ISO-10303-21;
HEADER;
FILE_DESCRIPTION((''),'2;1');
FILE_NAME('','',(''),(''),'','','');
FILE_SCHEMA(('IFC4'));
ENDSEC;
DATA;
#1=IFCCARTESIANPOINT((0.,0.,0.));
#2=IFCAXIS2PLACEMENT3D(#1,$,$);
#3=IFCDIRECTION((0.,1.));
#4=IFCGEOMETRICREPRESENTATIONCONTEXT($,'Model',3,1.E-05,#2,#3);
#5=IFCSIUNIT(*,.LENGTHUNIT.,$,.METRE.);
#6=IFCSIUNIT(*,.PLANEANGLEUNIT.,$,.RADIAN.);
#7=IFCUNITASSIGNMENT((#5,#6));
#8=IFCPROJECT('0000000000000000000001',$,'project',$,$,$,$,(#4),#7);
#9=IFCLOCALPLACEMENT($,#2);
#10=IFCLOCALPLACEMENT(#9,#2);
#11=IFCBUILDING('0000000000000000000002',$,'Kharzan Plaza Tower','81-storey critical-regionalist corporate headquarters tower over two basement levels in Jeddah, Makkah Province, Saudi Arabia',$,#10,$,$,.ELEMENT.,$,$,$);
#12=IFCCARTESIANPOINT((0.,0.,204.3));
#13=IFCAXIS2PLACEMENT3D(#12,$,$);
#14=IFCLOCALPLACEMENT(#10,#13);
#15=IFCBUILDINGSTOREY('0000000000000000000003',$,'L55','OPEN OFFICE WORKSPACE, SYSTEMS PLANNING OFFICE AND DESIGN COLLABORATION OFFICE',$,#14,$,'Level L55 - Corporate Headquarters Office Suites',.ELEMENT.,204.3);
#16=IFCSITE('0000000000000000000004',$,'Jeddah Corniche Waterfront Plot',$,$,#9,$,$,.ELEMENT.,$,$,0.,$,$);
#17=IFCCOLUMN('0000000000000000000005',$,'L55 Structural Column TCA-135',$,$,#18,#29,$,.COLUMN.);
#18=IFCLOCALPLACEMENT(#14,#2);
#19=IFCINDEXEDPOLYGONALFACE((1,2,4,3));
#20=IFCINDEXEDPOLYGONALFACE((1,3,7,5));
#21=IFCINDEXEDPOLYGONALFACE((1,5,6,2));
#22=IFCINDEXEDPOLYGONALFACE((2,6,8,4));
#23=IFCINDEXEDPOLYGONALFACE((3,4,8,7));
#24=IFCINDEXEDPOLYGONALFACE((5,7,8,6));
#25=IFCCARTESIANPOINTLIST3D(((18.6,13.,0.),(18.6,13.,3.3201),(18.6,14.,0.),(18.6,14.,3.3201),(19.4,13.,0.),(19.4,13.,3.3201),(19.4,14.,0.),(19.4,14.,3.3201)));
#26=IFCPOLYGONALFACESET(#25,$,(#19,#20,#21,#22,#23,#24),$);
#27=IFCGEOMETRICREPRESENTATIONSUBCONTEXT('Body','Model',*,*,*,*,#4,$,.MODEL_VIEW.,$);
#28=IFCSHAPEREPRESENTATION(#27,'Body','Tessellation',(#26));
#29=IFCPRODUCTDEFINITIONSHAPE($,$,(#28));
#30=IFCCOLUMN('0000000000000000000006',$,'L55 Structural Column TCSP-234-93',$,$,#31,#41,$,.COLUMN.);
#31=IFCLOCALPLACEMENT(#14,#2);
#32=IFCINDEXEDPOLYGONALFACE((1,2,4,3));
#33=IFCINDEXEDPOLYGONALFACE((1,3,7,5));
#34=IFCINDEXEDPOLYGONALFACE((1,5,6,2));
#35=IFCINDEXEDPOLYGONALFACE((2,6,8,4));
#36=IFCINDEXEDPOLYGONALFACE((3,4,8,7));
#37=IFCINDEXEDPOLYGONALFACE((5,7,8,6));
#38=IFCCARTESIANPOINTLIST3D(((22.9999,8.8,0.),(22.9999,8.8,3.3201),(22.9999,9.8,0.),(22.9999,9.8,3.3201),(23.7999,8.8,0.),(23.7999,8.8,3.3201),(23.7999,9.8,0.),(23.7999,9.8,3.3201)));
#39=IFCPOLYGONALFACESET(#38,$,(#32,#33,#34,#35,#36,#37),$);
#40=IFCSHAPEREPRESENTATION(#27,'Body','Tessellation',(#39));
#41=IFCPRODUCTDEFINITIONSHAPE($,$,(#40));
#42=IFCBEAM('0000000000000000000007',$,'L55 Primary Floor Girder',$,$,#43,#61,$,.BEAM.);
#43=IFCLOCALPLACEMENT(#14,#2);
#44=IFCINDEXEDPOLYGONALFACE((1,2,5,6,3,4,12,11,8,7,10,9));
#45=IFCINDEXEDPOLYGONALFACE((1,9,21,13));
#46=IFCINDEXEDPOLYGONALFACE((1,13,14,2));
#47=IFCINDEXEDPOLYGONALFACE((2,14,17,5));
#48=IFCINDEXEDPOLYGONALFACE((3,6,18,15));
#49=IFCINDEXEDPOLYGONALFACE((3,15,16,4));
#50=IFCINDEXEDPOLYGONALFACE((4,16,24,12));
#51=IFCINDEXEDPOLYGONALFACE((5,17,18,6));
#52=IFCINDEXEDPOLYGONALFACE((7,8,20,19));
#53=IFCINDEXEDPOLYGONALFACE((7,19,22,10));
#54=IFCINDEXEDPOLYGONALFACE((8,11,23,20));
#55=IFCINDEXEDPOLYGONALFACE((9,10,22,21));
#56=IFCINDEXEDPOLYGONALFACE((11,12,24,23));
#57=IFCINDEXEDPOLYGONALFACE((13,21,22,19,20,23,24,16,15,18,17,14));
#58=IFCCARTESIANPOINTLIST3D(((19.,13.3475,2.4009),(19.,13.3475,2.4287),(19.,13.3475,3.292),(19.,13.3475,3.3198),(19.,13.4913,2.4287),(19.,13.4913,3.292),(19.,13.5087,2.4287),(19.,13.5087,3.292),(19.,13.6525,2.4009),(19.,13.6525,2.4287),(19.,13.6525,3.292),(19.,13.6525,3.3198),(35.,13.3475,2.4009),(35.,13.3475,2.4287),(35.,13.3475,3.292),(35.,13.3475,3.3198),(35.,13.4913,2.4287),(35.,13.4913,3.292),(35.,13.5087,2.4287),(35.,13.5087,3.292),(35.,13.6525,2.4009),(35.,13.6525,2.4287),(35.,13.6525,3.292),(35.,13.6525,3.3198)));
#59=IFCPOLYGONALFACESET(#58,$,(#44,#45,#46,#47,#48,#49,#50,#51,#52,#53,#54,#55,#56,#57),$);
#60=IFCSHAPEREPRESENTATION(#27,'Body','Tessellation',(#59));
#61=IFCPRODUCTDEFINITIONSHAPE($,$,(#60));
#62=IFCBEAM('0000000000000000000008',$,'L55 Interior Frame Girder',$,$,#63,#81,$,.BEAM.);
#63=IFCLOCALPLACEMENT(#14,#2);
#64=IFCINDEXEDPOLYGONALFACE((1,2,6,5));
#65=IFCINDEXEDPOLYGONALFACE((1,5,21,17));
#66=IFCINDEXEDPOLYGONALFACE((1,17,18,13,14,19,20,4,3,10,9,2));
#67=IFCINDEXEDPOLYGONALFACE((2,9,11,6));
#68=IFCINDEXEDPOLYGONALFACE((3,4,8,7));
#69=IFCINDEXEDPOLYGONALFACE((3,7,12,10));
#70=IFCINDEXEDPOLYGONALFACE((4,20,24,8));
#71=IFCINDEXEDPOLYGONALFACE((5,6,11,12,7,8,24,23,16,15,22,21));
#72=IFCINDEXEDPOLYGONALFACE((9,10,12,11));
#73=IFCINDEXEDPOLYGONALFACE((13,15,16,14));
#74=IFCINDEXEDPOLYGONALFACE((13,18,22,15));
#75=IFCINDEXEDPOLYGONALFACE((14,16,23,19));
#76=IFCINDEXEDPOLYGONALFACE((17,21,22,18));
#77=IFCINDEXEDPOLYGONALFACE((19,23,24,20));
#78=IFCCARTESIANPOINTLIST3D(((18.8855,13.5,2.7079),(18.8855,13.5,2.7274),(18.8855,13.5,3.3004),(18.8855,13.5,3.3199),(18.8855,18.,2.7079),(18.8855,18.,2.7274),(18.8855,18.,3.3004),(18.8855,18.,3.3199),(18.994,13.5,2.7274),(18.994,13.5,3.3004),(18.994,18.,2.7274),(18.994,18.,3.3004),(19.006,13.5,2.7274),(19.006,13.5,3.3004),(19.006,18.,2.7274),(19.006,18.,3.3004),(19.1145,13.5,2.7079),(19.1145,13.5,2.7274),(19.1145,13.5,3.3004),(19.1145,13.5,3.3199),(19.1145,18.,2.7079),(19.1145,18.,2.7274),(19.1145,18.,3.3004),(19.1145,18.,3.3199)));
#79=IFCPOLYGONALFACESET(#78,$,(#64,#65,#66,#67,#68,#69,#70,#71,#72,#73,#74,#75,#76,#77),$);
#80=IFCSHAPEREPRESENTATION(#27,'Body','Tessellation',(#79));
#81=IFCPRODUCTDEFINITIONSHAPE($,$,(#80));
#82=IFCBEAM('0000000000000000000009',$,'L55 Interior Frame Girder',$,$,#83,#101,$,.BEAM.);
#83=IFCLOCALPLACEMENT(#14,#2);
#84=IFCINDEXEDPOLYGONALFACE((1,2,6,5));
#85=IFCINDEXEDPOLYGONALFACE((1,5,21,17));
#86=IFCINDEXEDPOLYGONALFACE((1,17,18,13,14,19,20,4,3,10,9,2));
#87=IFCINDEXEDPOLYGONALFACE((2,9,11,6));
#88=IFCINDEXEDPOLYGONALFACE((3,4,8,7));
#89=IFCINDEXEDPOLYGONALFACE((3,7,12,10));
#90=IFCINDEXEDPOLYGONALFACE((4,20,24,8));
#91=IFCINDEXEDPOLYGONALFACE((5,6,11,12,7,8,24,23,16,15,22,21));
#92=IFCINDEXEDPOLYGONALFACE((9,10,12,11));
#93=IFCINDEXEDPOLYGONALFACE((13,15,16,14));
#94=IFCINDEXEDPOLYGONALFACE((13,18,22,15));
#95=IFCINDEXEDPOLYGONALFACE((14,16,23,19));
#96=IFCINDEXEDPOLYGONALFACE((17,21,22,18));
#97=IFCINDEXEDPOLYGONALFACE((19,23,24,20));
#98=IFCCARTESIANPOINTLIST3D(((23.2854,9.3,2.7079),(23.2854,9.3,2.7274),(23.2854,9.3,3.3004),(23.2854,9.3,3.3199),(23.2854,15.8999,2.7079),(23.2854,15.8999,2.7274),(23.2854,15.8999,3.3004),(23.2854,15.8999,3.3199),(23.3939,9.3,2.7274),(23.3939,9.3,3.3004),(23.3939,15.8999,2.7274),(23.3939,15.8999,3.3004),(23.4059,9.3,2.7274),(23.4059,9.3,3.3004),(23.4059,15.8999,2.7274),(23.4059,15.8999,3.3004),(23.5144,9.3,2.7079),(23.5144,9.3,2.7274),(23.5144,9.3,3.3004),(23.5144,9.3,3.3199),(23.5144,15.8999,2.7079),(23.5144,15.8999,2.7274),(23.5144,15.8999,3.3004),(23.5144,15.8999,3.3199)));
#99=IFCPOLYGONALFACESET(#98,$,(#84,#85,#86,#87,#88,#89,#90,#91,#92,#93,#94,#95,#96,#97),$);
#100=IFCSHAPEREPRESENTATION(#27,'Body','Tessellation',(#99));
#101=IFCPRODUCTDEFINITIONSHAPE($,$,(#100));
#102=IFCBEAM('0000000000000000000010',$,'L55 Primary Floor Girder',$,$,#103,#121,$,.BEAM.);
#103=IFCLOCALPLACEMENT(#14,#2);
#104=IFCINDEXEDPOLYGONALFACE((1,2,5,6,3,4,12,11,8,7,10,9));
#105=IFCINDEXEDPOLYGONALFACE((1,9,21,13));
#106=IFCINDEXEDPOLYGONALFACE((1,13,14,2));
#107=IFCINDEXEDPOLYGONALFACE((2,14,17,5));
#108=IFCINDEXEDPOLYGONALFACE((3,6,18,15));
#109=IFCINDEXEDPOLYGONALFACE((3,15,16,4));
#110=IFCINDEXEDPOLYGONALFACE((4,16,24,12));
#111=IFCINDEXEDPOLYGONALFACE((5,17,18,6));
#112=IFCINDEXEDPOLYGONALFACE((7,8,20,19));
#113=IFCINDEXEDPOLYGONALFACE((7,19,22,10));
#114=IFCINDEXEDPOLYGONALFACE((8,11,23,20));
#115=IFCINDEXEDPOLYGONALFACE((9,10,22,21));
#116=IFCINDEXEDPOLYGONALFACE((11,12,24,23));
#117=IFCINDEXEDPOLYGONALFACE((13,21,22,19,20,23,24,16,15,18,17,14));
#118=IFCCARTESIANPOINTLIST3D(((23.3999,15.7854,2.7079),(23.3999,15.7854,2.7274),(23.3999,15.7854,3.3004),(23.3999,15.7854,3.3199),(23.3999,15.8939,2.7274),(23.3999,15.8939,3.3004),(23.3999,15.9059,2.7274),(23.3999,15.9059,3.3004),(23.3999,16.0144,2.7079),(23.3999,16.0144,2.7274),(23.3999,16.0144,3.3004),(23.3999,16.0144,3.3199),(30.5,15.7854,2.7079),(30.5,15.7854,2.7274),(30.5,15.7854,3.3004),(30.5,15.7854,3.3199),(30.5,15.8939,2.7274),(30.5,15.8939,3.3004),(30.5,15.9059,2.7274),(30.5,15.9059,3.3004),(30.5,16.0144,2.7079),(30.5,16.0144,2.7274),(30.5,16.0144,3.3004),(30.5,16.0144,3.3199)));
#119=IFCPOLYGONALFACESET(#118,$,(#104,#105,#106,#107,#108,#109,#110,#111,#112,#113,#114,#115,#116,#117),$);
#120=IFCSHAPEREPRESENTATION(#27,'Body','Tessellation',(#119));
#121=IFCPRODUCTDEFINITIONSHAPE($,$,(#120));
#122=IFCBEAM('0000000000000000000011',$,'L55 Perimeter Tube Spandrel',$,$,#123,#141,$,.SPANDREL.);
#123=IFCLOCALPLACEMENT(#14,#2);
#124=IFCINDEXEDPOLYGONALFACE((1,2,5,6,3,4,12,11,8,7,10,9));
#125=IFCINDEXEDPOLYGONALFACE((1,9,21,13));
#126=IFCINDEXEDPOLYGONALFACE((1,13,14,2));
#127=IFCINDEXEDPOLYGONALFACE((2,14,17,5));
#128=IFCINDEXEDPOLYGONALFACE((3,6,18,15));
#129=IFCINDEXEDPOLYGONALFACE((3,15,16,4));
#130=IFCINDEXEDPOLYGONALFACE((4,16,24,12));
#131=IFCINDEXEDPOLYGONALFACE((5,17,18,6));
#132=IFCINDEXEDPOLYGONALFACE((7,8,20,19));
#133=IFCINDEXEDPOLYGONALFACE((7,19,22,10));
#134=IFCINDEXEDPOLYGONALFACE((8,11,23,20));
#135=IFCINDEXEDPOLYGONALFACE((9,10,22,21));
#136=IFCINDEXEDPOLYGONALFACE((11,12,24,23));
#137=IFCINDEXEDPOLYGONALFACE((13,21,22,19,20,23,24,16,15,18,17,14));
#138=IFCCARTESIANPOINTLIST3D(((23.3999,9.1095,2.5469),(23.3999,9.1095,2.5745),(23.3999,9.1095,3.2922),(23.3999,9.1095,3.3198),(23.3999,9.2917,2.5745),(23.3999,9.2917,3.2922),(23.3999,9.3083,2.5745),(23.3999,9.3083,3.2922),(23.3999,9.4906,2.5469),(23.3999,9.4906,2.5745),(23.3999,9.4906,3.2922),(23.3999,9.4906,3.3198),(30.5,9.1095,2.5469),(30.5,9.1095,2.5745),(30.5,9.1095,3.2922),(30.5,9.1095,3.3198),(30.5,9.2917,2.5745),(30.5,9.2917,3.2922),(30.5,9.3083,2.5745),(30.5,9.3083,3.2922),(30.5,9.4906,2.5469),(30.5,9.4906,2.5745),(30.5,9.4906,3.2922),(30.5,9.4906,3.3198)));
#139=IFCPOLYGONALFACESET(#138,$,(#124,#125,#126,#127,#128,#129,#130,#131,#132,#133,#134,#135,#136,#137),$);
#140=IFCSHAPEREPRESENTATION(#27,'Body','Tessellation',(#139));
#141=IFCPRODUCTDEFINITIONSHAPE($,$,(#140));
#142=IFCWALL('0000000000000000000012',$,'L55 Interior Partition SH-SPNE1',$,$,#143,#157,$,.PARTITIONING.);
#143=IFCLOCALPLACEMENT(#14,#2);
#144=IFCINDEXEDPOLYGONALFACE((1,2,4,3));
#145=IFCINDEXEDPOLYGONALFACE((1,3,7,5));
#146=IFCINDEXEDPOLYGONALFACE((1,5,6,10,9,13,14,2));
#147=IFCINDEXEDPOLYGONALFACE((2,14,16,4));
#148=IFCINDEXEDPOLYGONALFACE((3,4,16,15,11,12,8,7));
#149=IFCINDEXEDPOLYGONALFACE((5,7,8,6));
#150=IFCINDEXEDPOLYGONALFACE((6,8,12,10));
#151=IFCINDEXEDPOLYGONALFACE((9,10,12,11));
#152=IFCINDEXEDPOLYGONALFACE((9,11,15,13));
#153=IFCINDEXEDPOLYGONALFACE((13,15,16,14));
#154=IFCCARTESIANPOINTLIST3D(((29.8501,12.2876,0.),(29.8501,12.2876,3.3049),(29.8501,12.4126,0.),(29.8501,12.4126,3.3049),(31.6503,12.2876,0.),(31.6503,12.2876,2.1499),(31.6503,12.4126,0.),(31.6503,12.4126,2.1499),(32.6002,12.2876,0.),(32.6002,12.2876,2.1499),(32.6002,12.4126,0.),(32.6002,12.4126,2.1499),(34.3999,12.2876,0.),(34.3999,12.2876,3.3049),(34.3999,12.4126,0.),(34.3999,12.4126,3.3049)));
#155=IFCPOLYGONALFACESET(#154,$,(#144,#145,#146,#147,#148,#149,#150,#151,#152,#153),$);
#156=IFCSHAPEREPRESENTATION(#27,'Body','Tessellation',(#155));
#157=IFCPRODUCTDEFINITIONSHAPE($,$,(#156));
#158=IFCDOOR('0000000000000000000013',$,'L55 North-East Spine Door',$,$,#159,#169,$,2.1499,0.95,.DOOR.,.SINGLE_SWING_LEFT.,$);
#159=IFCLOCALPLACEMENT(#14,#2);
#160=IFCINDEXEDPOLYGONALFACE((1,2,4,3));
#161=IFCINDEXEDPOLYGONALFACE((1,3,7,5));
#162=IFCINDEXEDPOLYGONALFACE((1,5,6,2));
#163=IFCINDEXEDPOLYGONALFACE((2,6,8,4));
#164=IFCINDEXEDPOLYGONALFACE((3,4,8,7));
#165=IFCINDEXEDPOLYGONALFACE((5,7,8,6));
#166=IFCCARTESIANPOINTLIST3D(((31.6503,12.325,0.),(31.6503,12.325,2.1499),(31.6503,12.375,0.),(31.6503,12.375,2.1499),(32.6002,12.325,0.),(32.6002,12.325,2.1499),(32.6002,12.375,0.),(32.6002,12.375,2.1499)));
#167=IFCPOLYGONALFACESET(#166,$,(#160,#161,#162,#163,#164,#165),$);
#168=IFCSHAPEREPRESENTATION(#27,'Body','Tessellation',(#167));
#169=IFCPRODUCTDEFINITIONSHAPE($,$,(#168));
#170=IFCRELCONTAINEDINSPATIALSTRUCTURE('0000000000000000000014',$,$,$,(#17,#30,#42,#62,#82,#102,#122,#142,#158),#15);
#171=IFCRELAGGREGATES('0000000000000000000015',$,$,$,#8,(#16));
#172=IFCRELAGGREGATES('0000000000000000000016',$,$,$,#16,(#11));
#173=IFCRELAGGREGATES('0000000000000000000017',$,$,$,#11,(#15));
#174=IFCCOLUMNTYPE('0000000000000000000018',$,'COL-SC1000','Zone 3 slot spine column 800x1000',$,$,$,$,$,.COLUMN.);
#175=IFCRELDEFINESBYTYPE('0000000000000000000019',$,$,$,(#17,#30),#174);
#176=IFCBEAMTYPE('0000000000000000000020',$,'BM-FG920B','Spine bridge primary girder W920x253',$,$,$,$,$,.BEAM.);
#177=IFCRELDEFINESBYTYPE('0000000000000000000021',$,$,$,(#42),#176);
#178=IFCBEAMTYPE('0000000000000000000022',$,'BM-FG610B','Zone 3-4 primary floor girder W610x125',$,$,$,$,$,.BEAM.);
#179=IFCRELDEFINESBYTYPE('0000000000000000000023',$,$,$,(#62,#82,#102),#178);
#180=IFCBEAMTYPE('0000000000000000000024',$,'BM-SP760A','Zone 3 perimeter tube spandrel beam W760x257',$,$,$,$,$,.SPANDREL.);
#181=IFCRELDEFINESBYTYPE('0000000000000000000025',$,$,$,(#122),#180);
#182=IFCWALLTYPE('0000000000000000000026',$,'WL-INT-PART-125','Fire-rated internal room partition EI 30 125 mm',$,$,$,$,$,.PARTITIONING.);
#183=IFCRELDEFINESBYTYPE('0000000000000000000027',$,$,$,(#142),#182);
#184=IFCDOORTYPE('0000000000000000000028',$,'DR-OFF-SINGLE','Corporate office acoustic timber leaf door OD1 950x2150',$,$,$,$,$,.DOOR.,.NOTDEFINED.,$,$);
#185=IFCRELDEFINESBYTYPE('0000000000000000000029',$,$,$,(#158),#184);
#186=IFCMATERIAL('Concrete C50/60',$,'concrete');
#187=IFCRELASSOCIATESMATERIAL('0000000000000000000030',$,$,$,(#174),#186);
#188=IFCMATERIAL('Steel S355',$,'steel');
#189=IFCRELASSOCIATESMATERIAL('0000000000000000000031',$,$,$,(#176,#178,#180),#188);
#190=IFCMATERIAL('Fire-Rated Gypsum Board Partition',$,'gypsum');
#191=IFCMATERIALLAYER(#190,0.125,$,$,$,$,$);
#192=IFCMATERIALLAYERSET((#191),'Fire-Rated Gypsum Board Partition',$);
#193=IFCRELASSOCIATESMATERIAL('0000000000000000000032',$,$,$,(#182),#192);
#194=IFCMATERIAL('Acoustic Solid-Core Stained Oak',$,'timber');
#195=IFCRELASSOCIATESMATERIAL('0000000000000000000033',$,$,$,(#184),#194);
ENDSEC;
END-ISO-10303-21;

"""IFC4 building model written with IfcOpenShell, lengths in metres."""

from ifc_helpers import new_model, si_unit, direction, frame, frame_2d, origin, origin_2d, place, context, subcontext, project, spatial, rectangle, i_section, extrude, source, transform, mapped, material, layer, layer_set, material_profile, profile_set, type_object, element, fill, save


model = new_model("IFC4")

# Units and contexts
model_context = context("Model", 3, precision=1e-05, world=origin(), true_north=direction((0.0, 1.0)))
body_context = subcontext(model_context, "Body", "Model", "MODEL_VIEW")
ifc_project = project(units=[si_unit("LENGTHUNIT", "METRE"), si_unit("PLANEANGLEUNIT", "RADIAN")], contexts=[model_context])

# Site, building, storey
site_placement = place(None, origin())
site = spatial("IfcSite", under=ifc_project, at=site_placement, Name="Jeddah Corniche Waterfront Plot", CompositionType="ELEMENT", RefElevation=0.0)
building_placement = place(site_placement, origin())
building = spatial("IfcBuilding", under=site, at=building_placement, Name="Kharzan Plaza Tower", Description="81-storey critical-regionalist corporate headquarters tower over two basement levels in Jeddah, Makkah Province, Saudi Arabia", CompositionType="ELEMENT")
storey_placement = place(building_placement, frame((0.0, 0.0, 204.3)))
storey = spatial("IfcBuildingStorey", under=building, at=storey_placement, Name="L55", Description="OPEN OFFICE WORKSPACE, SYSTEMS PLANNING OFFICE AND DESIGN COLLABORATION OFFICE", LongName="Level L55 - Corporate Headquarters Office Suites", CompositionType="ELEMENT", Elevation=204.3)

# Columns
ifc_material_1 = material(Name="Concrete C50/60", Category="concrete")
ifc_material_profile_1 = material_profile(ifc_material_1, rectangle(XDim=0.8, YDim=1.0, at=origin_2d()), Name="RC-SC1000x800")
ifc_profile_set_1 = profile_set([ifc_material_profile_1], Name="Concrete C50/60")
column_type = type_object("IfcColumnType", Name="COL-SC1000", Description="Zone 3 slot spine column 800x1000", PredefinedType="COLUMN", material=ifc_profile_set_1)
shared_shape_1 = source(origin(), body_context, "Body", "SweptSolid", [
    extrude(rectangle(XDim=0.8, YDim=1.0, at=origin_2d()), origin(), (0.0, 0.0, 1.0), 3.3201),
])
for number, where, z_axis, x_axis, name in (
    (1, (19.0, 13.5, 0.0), (0.0, 0.0, 1.0), (1.0, 0.0, 0.0), "L55 Structural Column TCA-135"),
    (2, (23.3999, 9.3, 0.0), (0.0, 0.0, 1.0), (1.0, 0.0, 0.0), "L55 Structural Column TCSP-234-93"),
):
    element("IfcColumn", number, at=place(storey_placement, frame(where, z_axis=z_axis, x_axis=x_axis)), inside=storey, type_object=column_type, Name=name, PredefinedType="COLUMN", context=body_context, shape_type="MappedRepresentation", body=[
        mapped(shared_shape_1, transform((0.0, 0.0, 0.0), x_axis=(1.0, 0.0, 0.0), y_axis=(0.0, 1.0, 0.0), z_axis=(0.0, 0.0, 1.0))),
    ])

# Beams
ifc_material_2 = material(Name="Steel S355", Category="steel")
ifc_material_profile_2 = material_profile(ifc_material_2, i_section(OverallWidth=0.3049, OverallDepth=0.9189, WebThickness=0.0173, FlangeThickness=0.0278, at=origin_2d()), Name="W920x253")
ifc_profile_set_2 = profile_set([ifc_material_profile_2], Name="Steel S355")
beam_type_1 = type_object("IfcBeamType", Name="BM-FG920B", Description="Spine bridge primary girder W920x253", PredefinedType="BEAM", material=ifc_profile_set_2)
shared_shape_2 = source(origin(), body_context, "Body", "SweptSolid", [
    extrude(i_section(OverallWidth=0.3049, OverallDepth=0.9189, WebThickness=0.0173, FlangeThickness=0.0278, at=origin_2d()), origin(), (0.0, 0.0, 1.0), 16.0),
])
beam_1_placement = place(storey_placement, frame((19.0, 13.5, 2.8604), z_axis=(1.0, 0.0, 0.0), x_axis=(0.0, 1.0, 0.0)))
element("IfcBeam", 3, at=beam_1_placement, inside=storey, type_object=beam_type_1, Name="L55 Primary Floor Girder", PredefinedType="BEAM", context=body_context, shape_type="MappedRepresentation", body=[
    mapped(shared_shape_2, transform((0.0, 0.0, 0.0), x_axis=(1.0, 0.0, 0.0), y_axis=(0.0, 1.0, 0.0), z_axis=(0.0, 0.0, 1.0))),
])
ifc_material_profile_3 = material_profile(ifc_material_2, i_section(OverallWidth=0.229, OverallDepth=0.6121, WebThickness=0.012, FlangeThickness=0.0195, at=origin_2d()), Name="W610x125")
ifc_profile_set_3 = profile_set([ifc_material_profile_3], Name="Steel S355")
beam_type_2 = type_object("IfcBeamType", Name="BM-FG610B", Description="Zone 3-4 primary floor girder W610x125", PredefinedType="BEAM", material=ifc_profile_set_3)
shared_shape_3 = source(origin(), body_context, "Body", "SweptSolid", [
    extrude(i_section(OverallWidth=0.229, OverallDepth=0.6121, WebThickness=0.012, FlangeThickness=0.0195, at=origin_2d()), origin(), (0.0, 0.0, 1.0), 4.5),
])
beam_2_placement = place(storey_placement, frame((19.0, 13.5, 3.0139), z_axis=(0.0, 1.0, 0.0), x_axis=(-1.0, 0.0, 0.0)))
element("IfcBeam", 4, at=beam_2_placement, inside=storey, type_object=beam_type_2, Name="L55 Interior Frame Girder", PredefinedType="BEAM", context=body_context, shape_type="MappedRepresentation", body=[
    mapped(shared_shape_3, transform((0.0, 0.0, 0.0), x_axis=(1.0, 0.0, 0.0), y_axis=(0.0, 1.0, 0.0), z_axis=(0.0, 0.0, 1.0))),
])
shared_shape_4 = source(origin(), body_context, "Body", "SweptSolid", [
    extrude(i_section(OverallWidth=0.229, OverallDepth=0.6121, WebThickness=0.012, FlangeThickness=0.0195, at=origin_2d()), origin(), (0.0, 0.0, 1.0), 6.5999),
])
beam_3_placement = place(storey_placement, frame((23.3999, 9.3, 3.0139), z_axis=(0.0, 1.0, 0.0), x_axis=(-1.0, 0.0, 0.0)))
element("IfcBeam", 5, at=beam_3_placement, inside=storey, type_object=beam_type_2, Name="L55 Interior Frame Girder", PredefinedType="BEAM", context=body_context, shape_type="MappedRepresentation", body=[
    mapped(shared_shape_4, transform((0.0, 0.0, 0.0), x_axis=(1.0, 0.0, 0.0), y_axis=(0.0, 1.0, 0.0), z_axis=(0.0, 0.0, 1.0))),
])
shared_shape_5 = source(origin(), body_context, "Body", "SweptSolid", [
    extrude(i_section(OverallWidth=0.229, OverallDepth=0.6121, WebThickness=0.012, FlangeThickness=0.0195, at=origin_2d()), origin(), (0.0, 0.0, 1.0), 7.1001),
])
beam_4_placement = place(storey_placement, frame((23.3999, 15.8999, 3.0139), z_axis=(1.0, 0.0, 0.0), x_axis=(0.0, 1.0, 0.0)))
element("IfcBeam", 6, at=beam_4_placement, inside=storey, type_object=beam_type_2, Name="L55 Primary Floor Girder", PredefinedType="BEAM", context=body_context, shape_type="MappedRepresentation", body=[
    mapped(shared_shape_5, transform((0.0, 0.0, 0.0), x_axis=(1.0, 0.0, 0.0), y_axis=(0.0, 1.0, 0.0), z_axis=(0.0, 0.0, 1.0))),
])
ifc_material_profile_4 = material_profile(ifc_material_2, i_section(OverallWidth=0.3811, OverallDepth=0.7729, WebThickness=0.0166, FlangeThickness=0.0276, at=origin_2d()), Name="W760x257")
ifc_profile_set_4 = profile_set([ifc_material_profile_4], Name="Steel S355")
beam_type_3 = type_object("IfcBeamType", Name="BM-SP760A", Description="Zone 3 perimeter tube spandrel beam W760x257", PredefinedType="SPANDREL", material=ifc_profile_set_4)
shared_shape_6 = source(origin(), body_context, "Body", "SweptSolid", [
    extrude(i_section(OverallWidth=0.3811, OverallDepth=0.7729, WebThickness=0.0166, FlangeThickness=0.0276, at=origin_2d()), origin(), (0.0, 0.0, 1.0), 7.1001),
])
beam_5_placement = place(storey_placement, frame((23.3999, 9.3, 2.9333), z_axis=(1.0, 0.0, 0.0), x_axis=(0.0, 1.0, 0.0)))
element("IfcBeam", 7, at=beam_5_placement, inside=storey, type_object=beam_type_3, Name="L55 Perimeter Tube Spandrel", PredefinedType="SPANDREL", context=body_context, shape_type="MappedRepresentation", body=[
    mapped(shared_shape_6, transform((0.0, 0.0, 0.0), x_axis=(1.0, 0.0, 0.0), y_axis=(0.0, 1.0, 0.0), z_axis=(0.0, 0.0, 1.0))),
])

# Wall, opening, door
ifc_material_3 = material(Name="Fire-Rated Gypsum Board Partition", Category="gypsum")
ifc_layer_1 = layer(ifc_material_3, 0.125)
ifc_layer_set_1 = layer_set([ifc_layer_1], Name="Fire-Rated Gypsum Board Partition")
wall_type_1 = type_object("IfcWallType", Name="WL-INT-PART-125", Description="Fire-rated internal room partition EI 30 125 mm", PredefinedType="PARTITIONING", material=ifc_layer_set_1)
wall_1_placement = place(storey_placement, frame((29.8501, 12.3501, 0.0), z_axis=(0.0, 0.0, 1.0), x_axis=(1.0, 0.0, 0.0)))
wall_1 = element("IfcWall", 8, at=wall_1_placement, inside=storey, type_object=wall_type_1, Name="L55 Interior Partition SH-SPNE1", PredefinedType="PARTITIONING", context=body_context, shape_type="SweptSolid", body=[
    extrude(rectangle(XDim=4.5498, YDim=0.125, at=frame_2d((2.2749, 0.0))), origin(), (0.0, 0.0, 1.0), 3.3049),
])
opening_1_placement = place(wall_1_placement, frame((1.8, 0.0, 0.0)))
opening_1 = element("IfcOpeningElement", 9, at=opening_1_placement, cuts=wall_1, PredefinedType="OPENING", context=body_context, shape_type="SweptSolid", body=[
    extrude(rectangle(XDim=0.95, YDim=2.1499, at=frame_2d((0.4751, 1.075))), frame((0.0, 0.0725, 0.0), z_axis=(0.0, -1.0, 0.0), x_axis=(1.0, 0.0, 0.0)), (0.0, 0.0, 1.0), 0.145),
])
ifc_material_4 = material(Name="Acoustic Solid-Core Stained Oak", Category="timber")
door_type_1 = type_object("IfcDoorType", Name="DR-OFF-SINGLE", Description="Corporate office acoustic timber leaf door OD1 950x2150", OperationType="NOTDEFINED", PredefinedType="DOOR", material=ifc_material_4)
shared_shape_7 = source(origin(), body_context, "Body", "SweptSolid", [
    extrude(rectangle(XDim=0.95, YDim=2.1499, at=frame_2d((0.4751, 1.075))), frame((0.0, 0.0249, 0.0), z_axis=(0.0, -1.0, 0.0), x_axis=(1.0, 0.0, 0.0)), (0.0, 0.0, 1.0), 0.05),
])
door_1_placement = place(opening_1_placement, origin())
door_1 = element("IfcDoor", 10, at=door_1_placement, inside=storey, type_object=door_type_1, Name="L55 North-East Spine Door", OperationType="SINGLE_SWING_LEFT", OverallHeight=2.1499, OverallWidth=0.95, PredefinedType="DOOR", context=body_context, shape_type="MappedRepresentation", body=[
    mapped(shared_shape_7, transform((0.0, 0.0, 0.0), x_axis=(1.0, 0.0, 0.0), y_axis=(0.0, 1.0, 0.0), z_axis=(0.0, 0.0, 1.0))),
])
fill(opening_1, door_1)

save(model, "model.ifc")
